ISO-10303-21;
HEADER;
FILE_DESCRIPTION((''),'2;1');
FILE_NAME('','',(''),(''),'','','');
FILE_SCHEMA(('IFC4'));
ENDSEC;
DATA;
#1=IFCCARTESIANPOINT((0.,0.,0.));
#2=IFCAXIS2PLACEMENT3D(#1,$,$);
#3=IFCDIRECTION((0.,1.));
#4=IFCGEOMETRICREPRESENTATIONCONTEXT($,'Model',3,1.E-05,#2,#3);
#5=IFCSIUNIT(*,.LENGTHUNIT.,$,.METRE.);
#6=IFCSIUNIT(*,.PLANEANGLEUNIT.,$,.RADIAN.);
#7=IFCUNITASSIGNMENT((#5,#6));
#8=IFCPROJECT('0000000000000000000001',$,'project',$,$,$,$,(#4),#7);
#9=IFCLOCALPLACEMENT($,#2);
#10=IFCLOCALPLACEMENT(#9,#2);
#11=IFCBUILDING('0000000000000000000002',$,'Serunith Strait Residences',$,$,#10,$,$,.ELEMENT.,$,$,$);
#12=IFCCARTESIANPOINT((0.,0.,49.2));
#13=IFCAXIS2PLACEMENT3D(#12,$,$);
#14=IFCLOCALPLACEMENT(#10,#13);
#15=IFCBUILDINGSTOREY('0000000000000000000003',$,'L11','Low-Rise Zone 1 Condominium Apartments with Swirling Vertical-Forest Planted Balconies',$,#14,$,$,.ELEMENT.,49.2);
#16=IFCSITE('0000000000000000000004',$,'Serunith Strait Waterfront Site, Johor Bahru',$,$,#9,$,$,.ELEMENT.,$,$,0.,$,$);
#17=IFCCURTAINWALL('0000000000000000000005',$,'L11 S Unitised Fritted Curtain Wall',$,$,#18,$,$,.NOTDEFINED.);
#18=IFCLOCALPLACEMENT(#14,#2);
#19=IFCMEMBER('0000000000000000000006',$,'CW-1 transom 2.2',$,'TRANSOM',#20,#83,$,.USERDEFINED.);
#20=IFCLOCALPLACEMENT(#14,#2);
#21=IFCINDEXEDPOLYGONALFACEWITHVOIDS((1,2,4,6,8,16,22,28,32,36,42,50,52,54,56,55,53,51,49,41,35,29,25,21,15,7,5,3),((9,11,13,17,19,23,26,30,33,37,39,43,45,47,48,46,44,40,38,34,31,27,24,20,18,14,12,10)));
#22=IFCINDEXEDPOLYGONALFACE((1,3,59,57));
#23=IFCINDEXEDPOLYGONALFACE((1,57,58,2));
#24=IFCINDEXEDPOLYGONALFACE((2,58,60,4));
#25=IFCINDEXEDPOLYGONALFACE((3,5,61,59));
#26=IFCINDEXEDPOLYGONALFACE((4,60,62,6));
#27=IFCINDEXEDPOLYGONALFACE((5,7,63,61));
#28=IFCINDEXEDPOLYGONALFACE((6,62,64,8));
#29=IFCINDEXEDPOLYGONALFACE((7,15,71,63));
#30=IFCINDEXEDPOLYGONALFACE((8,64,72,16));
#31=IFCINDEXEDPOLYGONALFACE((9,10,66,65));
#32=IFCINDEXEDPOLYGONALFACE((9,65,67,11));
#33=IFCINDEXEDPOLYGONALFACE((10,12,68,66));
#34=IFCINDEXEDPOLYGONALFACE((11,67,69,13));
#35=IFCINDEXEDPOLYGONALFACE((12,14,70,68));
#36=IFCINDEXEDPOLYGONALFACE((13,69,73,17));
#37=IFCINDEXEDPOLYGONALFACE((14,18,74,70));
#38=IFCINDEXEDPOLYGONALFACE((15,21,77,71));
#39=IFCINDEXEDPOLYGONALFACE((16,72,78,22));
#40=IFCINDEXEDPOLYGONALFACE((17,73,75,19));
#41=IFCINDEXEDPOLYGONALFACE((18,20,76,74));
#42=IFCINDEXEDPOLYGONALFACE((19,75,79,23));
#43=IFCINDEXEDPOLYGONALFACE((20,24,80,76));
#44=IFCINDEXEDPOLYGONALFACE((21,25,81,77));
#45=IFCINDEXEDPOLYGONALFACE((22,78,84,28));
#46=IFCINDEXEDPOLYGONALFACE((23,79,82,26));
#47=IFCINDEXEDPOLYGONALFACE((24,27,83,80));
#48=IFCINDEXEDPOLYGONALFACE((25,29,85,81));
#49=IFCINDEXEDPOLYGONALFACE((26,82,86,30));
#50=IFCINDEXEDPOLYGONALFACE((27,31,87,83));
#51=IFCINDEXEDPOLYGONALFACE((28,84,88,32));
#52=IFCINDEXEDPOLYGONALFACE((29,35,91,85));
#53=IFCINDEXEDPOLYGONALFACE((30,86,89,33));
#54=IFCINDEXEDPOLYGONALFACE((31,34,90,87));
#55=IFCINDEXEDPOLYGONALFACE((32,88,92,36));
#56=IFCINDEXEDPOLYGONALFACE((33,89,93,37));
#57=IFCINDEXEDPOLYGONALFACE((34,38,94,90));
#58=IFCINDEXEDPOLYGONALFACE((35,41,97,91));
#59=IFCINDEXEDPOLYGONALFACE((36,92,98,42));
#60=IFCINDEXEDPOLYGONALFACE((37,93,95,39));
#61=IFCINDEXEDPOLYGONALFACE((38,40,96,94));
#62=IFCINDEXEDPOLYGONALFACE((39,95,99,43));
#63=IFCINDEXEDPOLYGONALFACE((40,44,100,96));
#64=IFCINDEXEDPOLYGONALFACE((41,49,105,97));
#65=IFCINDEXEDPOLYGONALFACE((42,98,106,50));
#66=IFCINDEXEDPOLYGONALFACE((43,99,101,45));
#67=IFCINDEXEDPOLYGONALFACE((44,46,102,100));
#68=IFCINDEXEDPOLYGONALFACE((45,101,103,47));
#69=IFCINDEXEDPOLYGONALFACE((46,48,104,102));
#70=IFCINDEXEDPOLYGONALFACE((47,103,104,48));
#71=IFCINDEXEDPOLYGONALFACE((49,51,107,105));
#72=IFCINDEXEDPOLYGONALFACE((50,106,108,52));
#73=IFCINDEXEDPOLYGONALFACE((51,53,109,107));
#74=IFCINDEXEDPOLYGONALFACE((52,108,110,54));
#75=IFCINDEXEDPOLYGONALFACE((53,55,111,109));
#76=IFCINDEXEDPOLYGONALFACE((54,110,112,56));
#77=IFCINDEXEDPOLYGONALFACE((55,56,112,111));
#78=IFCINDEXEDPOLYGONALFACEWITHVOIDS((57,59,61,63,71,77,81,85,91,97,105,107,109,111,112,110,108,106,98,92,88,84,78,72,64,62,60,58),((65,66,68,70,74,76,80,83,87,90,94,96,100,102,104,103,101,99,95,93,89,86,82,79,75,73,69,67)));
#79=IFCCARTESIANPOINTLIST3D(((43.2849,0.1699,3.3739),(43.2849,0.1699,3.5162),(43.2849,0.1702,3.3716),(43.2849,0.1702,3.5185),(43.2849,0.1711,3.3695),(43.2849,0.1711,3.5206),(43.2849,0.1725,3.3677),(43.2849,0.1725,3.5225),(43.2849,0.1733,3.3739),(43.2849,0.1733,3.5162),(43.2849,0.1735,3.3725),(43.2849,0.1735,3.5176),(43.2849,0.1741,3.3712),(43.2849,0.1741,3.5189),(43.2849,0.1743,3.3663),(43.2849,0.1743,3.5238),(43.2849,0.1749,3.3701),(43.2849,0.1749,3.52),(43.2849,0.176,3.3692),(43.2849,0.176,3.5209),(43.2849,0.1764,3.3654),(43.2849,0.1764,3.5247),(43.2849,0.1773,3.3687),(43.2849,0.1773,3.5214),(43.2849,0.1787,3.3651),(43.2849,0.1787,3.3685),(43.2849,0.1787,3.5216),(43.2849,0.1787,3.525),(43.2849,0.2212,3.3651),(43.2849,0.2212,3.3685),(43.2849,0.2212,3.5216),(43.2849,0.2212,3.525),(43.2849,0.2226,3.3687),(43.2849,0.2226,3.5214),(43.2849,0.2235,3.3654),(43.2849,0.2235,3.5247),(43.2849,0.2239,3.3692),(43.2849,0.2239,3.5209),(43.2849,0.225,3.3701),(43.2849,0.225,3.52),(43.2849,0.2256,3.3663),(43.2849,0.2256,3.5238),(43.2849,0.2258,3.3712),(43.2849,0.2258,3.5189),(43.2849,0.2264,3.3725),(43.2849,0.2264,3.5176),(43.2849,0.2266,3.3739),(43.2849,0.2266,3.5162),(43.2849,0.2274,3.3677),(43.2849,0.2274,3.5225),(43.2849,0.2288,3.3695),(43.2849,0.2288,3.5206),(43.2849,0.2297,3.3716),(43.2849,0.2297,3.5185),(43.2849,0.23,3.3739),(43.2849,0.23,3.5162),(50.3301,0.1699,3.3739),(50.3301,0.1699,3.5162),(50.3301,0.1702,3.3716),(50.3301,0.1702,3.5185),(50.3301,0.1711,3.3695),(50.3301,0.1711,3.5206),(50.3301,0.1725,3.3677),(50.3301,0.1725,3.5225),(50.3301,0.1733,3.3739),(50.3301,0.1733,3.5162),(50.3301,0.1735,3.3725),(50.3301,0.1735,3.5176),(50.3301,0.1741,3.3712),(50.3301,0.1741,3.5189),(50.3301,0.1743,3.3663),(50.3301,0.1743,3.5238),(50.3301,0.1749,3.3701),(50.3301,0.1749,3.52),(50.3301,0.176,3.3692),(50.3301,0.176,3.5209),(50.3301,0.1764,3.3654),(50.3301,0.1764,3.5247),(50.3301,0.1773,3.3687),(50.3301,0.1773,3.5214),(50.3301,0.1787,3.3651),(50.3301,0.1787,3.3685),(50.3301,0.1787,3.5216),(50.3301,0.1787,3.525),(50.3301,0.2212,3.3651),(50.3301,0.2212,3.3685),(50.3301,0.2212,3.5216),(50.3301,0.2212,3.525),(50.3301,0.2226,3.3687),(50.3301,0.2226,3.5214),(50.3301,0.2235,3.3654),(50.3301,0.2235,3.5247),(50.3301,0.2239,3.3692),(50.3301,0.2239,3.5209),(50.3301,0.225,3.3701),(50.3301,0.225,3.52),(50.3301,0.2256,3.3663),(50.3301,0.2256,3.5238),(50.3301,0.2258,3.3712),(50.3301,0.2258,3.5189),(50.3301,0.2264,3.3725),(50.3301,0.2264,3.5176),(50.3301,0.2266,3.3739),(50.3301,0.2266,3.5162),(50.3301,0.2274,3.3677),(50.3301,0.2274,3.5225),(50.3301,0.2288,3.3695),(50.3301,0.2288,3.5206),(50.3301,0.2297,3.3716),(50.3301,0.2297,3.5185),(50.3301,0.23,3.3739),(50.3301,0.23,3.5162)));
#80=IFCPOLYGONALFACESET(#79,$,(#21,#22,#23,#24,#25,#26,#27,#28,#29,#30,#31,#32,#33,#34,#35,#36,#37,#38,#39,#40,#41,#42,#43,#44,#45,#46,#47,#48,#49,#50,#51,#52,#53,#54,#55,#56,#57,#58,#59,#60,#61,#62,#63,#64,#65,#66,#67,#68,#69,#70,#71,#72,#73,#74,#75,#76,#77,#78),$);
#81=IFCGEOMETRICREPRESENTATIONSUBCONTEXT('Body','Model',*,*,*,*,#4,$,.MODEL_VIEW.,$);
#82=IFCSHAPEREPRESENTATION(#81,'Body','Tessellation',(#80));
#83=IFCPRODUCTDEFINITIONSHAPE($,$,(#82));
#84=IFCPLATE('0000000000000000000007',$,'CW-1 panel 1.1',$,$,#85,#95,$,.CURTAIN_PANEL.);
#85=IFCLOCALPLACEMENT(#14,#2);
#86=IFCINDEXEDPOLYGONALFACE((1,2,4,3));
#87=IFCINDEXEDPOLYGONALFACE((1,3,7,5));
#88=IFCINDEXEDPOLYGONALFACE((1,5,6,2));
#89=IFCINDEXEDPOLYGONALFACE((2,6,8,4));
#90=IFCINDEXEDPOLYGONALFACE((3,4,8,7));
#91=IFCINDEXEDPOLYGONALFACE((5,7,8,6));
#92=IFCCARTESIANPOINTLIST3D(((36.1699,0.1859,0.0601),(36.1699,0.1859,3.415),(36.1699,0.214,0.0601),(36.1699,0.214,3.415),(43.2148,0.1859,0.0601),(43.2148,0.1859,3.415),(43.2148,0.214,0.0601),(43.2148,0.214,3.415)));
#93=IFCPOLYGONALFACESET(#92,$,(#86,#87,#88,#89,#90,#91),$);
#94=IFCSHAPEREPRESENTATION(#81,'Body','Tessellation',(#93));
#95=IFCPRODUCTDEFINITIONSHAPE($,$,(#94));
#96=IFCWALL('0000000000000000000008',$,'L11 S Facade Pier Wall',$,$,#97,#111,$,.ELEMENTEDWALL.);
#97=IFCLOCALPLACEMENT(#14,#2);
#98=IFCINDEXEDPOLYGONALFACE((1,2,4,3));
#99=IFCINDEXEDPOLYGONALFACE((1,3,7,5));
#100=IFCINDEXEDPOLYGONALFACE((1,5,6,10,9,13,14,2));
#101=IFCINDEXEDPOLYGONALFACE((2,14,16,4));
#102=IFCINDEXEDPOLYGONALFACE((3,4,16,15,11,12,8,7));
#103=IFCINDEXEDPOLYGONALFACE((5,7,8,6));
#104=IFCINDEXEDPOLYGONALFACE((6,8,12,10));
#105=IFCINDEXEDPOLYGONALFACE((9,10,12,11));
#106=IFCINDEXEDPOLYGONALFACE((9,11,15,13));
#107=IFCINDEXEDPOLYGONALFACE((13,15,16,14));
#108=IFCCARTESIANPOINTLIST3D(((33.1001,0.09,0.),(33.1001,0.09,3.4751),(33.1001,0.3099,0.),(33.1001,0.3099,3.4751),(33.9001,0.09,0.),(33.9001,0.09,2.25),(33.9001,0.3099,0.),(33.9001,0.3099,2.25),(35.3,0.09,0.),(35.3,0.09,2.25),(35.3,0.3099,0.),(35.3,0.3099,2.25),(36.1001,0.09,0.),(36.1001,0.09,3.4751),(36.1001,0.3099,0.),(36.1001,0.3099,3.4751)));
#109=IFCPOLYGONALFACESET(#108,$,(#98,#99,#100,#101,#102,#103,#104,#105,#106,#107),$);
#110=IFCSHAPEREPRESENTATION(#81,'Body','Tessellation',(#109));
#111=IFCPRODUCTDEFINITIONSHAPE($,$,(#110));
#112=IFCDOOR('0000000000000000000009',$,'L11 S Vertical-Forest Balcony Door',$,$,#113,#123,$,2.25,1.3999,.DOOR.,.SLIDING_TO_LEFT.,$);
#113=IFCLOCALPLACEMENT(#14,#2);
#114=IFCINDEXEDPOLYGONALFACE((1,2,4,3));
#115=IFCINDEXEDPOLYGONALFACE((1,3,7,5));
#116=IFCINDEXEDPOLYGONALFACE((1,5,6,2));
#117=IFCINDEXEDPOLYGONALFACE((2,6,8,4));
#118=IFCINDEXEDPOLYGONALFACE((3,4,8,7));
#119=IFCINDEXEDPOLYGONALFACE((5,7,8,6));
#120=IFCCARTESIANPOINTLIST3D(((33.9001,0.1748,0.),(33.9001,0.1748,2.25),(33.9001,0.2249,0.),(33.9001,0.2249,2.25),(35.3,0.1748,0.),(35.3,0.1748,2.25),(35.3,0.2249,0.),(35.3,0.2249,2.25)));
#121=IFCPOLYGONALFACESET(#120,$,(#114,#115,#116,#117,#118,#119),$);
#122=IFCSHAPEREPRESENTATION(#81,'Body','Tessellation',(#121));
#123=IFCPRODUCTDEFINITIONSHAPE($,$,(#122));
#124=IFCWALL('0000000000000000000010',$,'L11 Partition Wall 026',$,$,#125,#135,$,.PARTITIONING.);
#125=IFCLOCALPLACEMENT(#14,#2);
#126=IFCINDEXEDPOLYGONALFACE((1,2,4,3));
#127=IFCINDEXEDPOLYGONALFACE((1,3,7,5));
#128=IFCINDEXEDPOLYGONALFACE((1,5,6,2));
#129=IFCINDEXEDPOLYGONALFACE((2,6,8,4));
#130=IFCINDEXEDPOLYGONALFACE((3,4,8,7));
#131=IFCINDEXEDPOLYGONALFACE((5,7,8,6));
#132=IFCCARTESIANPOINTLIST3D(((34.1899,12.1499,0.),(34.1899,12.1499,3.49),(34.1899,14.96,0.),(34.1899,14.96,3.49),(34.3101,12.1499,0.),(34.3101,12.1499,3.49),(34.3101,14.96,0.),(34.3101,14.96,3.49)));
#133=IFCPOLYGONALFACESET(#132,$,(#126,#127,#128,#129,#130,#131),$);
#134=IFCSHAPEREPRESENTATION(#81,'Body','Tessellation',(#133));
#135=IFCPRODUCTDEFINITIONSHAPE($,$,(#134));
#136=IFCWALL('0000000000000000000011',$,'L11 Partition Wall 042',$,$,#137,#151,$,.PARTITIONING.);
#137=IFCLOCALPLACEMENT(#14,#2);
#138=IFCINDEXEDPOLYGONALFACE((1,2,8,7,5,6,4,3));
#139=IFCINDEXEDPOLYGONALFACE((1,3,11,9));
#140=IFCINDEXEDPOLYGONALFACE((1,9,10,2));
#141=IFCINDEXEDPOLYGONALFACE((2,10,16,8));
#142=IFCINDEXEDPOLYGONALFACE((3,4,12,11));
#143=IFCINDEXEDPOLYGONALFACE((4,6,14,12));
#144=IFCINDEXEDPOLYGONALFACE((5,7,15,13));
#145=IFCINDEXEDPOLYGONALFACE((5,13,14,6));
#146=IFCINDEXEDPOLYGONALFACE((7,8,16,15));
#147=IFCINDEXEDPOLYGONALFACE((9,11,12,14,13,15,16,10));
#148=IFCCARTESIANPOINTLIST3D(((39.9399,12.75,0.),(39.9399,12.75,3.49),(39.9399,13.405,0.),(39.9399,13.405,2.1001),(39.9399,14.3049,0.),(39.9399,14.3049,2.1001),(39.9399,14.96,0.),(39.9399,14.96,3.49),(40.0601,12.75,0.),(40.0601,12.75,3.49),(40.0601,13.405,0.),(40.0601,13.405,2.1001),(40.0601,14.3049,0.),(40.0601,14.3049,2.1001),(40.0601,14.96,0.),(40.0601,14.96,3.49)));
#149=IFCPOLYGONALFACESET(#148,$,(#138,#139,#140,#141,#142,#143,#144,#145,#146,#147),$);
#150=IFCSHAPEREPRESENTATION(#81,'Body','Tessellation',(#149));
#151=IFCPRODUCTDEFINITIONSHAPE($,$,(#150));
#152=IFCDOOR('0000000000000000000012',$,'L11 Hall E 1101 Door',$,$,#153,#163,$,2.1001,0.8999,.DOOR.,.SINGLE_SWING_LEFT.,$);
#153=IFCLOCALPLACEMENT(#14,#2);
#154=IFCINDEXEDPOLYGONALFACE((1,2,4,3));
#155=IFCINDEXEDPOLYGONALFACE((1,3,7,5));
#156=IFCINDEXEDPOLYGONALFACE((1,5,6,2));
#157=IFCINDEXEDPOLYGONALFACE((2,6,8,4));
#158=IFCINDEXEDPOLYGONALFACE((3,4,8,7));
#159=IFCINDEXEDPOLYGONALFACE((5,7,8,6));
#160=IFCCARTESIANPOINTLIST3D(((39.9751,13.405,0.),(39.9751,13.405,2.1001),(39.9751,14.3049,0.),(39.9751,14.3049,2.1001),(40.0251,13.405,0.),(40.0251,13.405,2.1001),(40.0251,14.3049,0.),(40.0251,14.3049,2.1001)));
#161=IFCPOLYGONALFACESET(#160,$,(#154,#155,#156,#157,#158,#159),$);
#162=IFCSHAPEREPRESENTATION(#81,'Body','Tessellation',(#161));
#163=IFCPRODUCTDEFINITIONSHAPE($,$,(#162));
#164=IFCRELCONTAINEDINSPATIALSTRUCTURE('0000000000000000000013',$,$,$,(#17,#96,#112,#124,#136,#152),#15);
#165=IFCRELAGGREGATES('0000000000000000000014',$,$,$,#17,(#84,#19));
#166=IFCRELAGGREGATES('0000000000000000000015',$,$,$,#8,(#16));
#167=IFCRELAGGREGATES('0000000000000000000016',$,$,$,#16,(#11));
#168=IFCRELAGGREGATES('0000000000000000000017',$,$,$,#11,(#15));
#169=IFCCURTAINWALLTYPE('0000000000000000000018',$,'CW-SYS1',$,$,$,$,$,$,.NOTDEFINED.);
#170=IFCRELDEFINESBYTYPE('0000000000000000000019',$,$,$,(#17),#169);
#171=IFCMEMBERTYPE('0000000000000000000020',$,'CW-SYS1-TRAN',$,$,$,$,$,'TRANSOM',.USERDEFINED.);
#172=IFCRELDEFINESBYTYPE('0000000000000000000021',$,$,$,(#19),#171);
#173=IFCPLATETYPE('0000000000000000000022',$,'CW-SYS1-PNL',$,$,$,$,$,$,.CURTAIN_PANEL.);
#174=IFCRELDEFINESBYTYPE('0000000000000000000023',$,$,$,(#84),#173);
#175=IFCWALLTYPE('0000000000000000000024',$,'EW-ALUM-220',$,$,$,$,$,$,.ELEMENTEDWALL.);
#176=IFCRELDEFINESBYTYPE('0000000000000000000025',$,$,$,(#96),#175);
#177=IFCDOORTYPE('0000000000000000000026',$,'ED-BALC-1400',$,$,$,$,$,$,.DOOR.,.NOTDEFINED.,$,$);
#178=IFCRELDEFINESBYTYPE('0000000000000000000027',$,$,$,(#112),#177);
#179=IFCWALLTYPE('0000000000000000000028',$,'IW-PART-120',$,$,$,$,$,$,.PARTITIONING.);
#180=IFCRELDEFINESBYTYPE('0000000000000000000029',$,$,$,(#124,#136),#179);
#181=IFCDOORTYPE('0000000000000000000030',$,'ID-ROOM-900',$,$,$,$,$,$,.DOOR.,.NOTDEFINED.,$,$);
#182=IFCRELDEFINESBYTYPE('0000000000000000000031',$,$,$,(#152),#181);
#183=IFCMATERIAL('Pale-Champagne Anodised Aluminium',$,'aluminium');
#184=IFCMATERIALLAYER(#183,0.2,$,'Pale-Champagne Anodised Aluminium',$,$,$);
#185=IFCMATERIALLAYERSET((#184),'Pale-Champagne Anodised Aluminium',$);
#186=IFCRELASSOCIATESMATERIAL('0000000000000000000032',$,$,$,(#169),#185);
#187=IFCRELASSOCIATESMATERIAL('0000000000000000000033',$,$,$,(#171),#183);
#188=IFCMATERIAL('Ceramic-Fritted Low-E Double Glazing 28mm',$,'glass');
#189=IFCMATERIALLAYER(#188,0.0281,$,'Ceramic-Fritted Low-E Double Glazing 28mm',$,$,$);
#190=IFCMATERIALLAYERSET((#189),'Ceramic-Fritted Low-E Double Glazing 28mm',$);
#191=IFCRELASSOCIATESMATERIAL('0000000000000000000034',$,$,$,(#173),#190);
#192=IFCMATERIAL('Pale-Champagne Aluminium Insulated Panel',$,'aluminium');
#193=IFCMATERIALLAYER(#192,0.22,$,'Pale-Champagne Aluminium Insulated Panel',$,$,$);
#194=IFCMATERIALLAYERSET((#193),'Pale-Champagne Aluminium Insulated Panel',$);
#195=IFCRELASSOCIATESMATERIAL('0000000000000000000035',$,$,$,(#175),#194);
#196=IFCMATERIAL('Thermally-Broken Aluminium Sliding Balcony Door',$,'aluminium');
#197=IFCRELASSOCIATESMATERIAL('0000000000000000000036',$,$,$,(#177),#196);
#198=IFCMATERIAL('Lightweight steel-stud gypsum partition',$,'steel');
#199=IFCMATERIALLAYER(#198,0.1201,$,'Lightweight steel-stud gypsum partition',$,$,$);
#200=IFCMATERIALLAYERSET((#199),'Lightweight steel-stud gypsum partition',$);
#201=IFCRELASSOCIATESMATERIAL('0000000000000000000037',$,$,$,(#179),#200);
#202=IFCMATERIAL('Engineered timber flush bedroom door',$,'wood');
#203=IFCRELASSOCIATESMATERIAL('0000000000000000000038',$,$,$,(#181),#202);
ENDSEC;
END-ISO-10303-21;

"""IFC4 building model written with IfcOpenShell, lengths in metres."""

from ifc_helpers import new_model, si_unit, direction, frame, frame_2d, origin, origin_2d, place, context, subcontext, project, spatial, rectangle, hollow_rectangle, extrude, source, transform, mapped, material, layer, layer_set, material_profile, profile_set, type_object, element, fill, aggregate, save


model = new_model("IFC4")

# Units and contexts
model_context = context("Model", 3, precision=1e-05, world=origin(), true_north=direction((0.0, 1.0)))
body_context = subcontext(model_context, "Body", "Model", "MODEL_VIEW")
ifc_project = project(units=[si_unit("LENGTHUNIT", "METRE"), si_unit("PLANEANGLEUNIT", "RADIAN")], contexts=[model_context])

# Site, building, storey
site_placement = place(None, origin())
site = spatial("IfcSite", under=ifc_project, at=site_placement, Name="Serunith Strait Waterfront Site, Johor Bahru", CompositionType="ELEMENT", RefElevation=0.0)
building_placement = place(site_placement, origin())
building = spatial("IfcBuilding", under=site, at=building_placement, Name="Serunith Strait Residences", CompositionType="ELEMENT")
storey_placement = place(building_placement, frame((0.0, 0.0, 49.2)))
storey = spatial("IfcBuildingStorey", under=building, at=storey_placement, Name="L11", Description="Low-Rise Zone 1 Condominium Apartments with Swirling Vertical-Forest Planted Balconies", CompositionType="ELEMENT", Elevation=49.2)

# Shared definitions
ifc_material_1 = material(Name="Pale-Champagne Anodised Aluminium", Category="aluminium")
ifc_layer_1 = layer(ifc_material_1, 0.2, Name="Pale-Champagne Anodised Aluminium")
ifc_layer_set_1 = layer_set([ifc_layer_1], Name="Pale-Champagne Anodised Aluminium")
curtain_wall_type = type_object("IfcCurtainWallType", Name="CW-SYS1", PredefinedType="NOTDEFINED", material=ifc_layer_set_1)

# Curtain wall, member, plate
curtain_wall_1_placement = place(storey_placement, origin())
curtain_wall_1 = element("IfcCurtainWall", 1, at=curtain_wall_1_placement, inside=storey, type_object=curtain_wall_type, Name="L11 S Unitised Fritted Curtain Wall", PredefinedType="NOTDEFINED")
ifc_material_profile_1 = material_profile(ifc_material_1, hollow_rectangle(XDim=0.0601, YDim=0.1599, WallThickness=0.0034, InnerFilletRadius=0.0054, OuterFilletRadius=0.0088, at=origin_2d()), Name="ALU 160x60x3.5")
ifc_profile_set_1 = profile_set([ifc_material_profile_1], Name="Pale-Champagne Anodised Aluminium")
member_type_1 = type_object("IfcMemberType", Name="CW-SYS1-TRAN", ElementType="TRANSOM", PredefinedType="USERDEFINED", material=ifc_profile_set_1)
shared_shape_1 = source(origin(), body_context, "Body", "SweptSolid", [
    extrude(hollow_rectangle(XDim=0.0601, YDim=0.1599, WallThickness=0.0034, InnerFilletRadius=0.0054, OuterFilletRadius=0.0088, at=origin_2d()), origin(), (0.0, 0.0, 1.0), 7.0452),
])
member_1_placement = place(storey_placement, frame((43.2849, 0.2, 3.4451), z_axis=(1.0, 0.0, 0.0), x_axis=(0.0, 1.0, 0.0)))
member_1 = element("IfcMember", 2, at=member_1_placement, type_object=member_type_1, Name="CW-1 transom 2.2", ObjectType="TRANSOM", PredefinedType="USERDEFINED", context=body_context, shape_type="MappedRepresentation", body=[
    mapped(shared_shape_1, transform((0.0, 0.0, 0.0), scale=1.0)),
])
ifc_material_2 = material(Name="Ceramic-Fritted Low-E Double Glazing 28mm", Category="glass")
ifc_layer_2 = layer(ifc_material_2, 0.0281, Name="Ceramic-Fritted Low-E Double Glazing 28mm")
ifc_layer_set_2 = layer_set([ifc_layer_2], Name="Ceramic-Fritted Low-E Double Glazing 28mm")
plate_type = type_object("IfcPlateType", Name="CW-SYS1-PNL", PredefinedType="CURTAIN_PANEL", material=ifc_layer_set_2)
shared_shape_2 = source(origin(), body_context, "Body", "SweptSolid", [
    extrude(rectangle(XDim=7.0449, YDim=0.0281, at=origin_2d()), origin(), (0.0, 0.0, 1.0), 3.355),
])
plate_placement = place(storey_placement, frame((39.6924, 0.2, 0.0601), z_axis=(0.0, 0.0, 1.0), x_axis=(1.0, 0.0, 0.0)))
plate = element("IfcPlate", 3, at=plate_placement, type_object=plate_type, Name="CW-1 panel 1.1", PredefinedType="CURTAIN_PANEL", context=body_context, shape_type="MappedRepresentation", body=[
    mapped(shared_shape_2, transform((0.0, 0.0, 0.0), scale=1.0)),
])
aggregate(curtain_wall_1, [plate, member_1])

# Wall, opening, door
ifc_material_3 = material(Name="Pale-Champagne Aluminium Insulated Panel", Category="aluminium")
ifc_layer_3 = layer(ifc_material_3, 0.22, Name="Pale-Champagne Aluminium Insulated Panel")
ifc_layer_set_3 = layer_set([ifc_layer_3], Name="Pale-Champagne Aluminium Insulated Panel")
wall_type_1 = type_object("IfcWallType", Name="EW-ALUM-220", PredefinedType="ELEMENTEDWALL", material=ifc_layer_set_3)
wall_1_placement = place(storey_placement, frame((33.1001, 0.2, 0.0), z_axis=(0.0, 0.0, 1.0), x_axis=(1.0, 0.0, 0.0)))
wall_1 = element("IfcWall", 4, at=wall_1_placement, inside=storey, type_object=wall_type_1, Name="L11 S Facade Pier Wall", PredefinedType="ELEMENTEDWALL", context=body_context, shape_type="SweptSolid", body=[
    extrude(rectangle(XDim=3.0, YDim=0.22, at=frame_2d((1.5, 0.0))), origin(), (0.0, 0.0, 1.0), 3.4751),
])
opening_1_placement = place(wall_1_placement, frame((0.8, 0.0, 0.0)))
opening_1 = element("IfcOpeningElement", 5, at=opening_1_placement, cuts=wall_1, PredefinedType="OPENING", context=body_context, shape_type="SweptSolid", body=[
    extrude(rectangle(XDim=1.3999, YDim=2.25, at=frame_2d((0.7, 1.125))), frame((0.0, 0.1201, 0.0), z_axis=(0.0, -1.0, 0.0), x_axis=(1.0, 0.0, 0.0)), (0.0, 0.0, 1.0), 0.24),
])
ifc_material_4 = material(Name="Thermally-Broken Aluminium Sliding Balcony Door", Category="aluminium")
door_type_1 = type_object("IfcDoorType", Name="ED-BALC-1400", OperationType="NOTDEFINED", PredefinedType="DOOR", material=ifc_material_4)
shared_shape_3 = source(origin(), body_context, "Body", "SweptSolid", [
    extrude(rectangle(XDim=1.3999, YDim=2.25, at=frame_2d((0.7, 1.125))), frame((0.0, 0.0249, 0.0), z_axis=(0.0, -1.0, 0.0), x_axis=(1.0, 0.0, 0.0)), (0.0, 0.0, 1.0), 0.05),
])
door_1_placement = place(opening_1_placement, origin())
door_1 = element("IfcDoor", 6, at=door_1_placement, inside=storey, type_object=door_type_1, Name="L11 S Vertical-Forest Balcony Door", OperationType="SLIDING_TO_LEFT", OverallHeight=2.25, OverallWidth=1.3999, PredefinedType="DOOR", context=body_context, shape_type="MappedRepresentation", body=[
    mapped(shared_shape_3, transform((0.0, 0.0, 0.0), scale=1.0)),
])
fill(opening_1, door_1)

# Wall
ifc_material_5 = material(Name="Lightweight steel-stud gypsum partition", Category="steel")
ifc_layer_4 = layer(ifc_material_5, 0.1201, Name="Lightweight steel-stud gypsum partition")
ifc_layer_set_4 = layer_set([ifc_layer_4], Name="Lightweight steel-stud gypsum partition")
wall_type_2 = type_object("IfcWallType", Name="IW-PART-120", PredefinedType="PARTITIONING", material=ifc_layer_set_4)
wall_2_placement = place(storey_placement, frame((34.25, 12.1499, 0.0), z_axis=(0.0, 0.0, 1.0), x_axis=(0.0, 1.0, 0.0)))
element("IfcWall", 7, at=wall_2_placement, inside=storey, type_object=wall_type_2, Name="L11 Partition Wall 026", PredefinedType="PARTITIONING", context=body_context, shape_type="SweptSolid", body=[
    extrude(rectangle(XDim=2.8101, YDim=0.1201, at=frame_2d((1.405, 0.0))), origin(), (0.0, 0.0, 1.0), 3.49),
])

# Wall, opening, door
wall_3_placement = place(storey_placement, frame((40.0, 12.75, 0.0), z_axis=(0.0, 0.0, 1.0), x_axis=(0.0, 1.0, 0.0)))
wall_3 = element("IfcWall", 8, at=wall_3_placement, inside=storey, type_object=wall_type_2, Name="L11 Partition Wall 042", PredefinedType="PARTITIONING", context=body_context, shape_type="SweptSolid", body=[
    extrude(rectangle(XDim=2.21, YDim=0.1201, at=frame_2d((1.105, 0.0))), origin(), (0.0, 0.0, 1.0), 3.49),
])
opening_2_placement = place(wall_3_placement, frame((0.655, 0.0, 0.0)))
opening_2 = element("IfcOpeningElement", 9, at=opening_2_placement, cuts=wall_3, PredefinedType="OPENING", context=body_context, shape_type="SweptSolid", body=[
    extrude(rectangle(XDim=0.8999, YDim=2.1001, at=frame_2d((0.45, 1.05))), frame((0.0, 0.0701, 0.0), z_axis=(0.0, -1.0, 0.0), x_axis=(1.0, 0.0, 0.0)), (0.0, 0.0, 1.0), 0.1401),
])
ifc_material_6 = material(Name="Engineered timber flush bedroom door", Category="wood")
door_type_2 = type_object("IfcDoorType", Name="ID-ROOM-900", OperationType="NOTDEFINED", PredefinedType="DOOR", material=ifc_material_6)
shared_shape_4 = source(origin(), body_context, "Body", "SweptSolid", [
    extrude(rectangle(XDim=0.8999, YDim=2.1001, at=frame_2d((0.45, 1.05))), frame((0.0, 0.0249, 0.0), z_axis=(0.0, -1.0, 0.0), x_axis=(1.0, 0.0, 0.0)), (0.0, 0.0, 1.0), 0.05),
])
door_2_placement = place(opening_2_placement, origin())
door_2 = element("IfcDoor", 10, at=door_2_placement, inside=storey, type_object=door_type_2, Name="L11 Hall E 1101 Door", OperationType="SINGLE_SWING_LEFT", OverallHeight=2.1001, OverallWidth=0.8999, PredefinedType="DOOR", context=body_context, shape_type="MappedRepresentation", body=[
    mapped(shared_shape_4, transform((0.0, 0.0, 0.0), scale=1.0)),
])
fill(opening_2, door_2)

save(model, "model.ifc")
